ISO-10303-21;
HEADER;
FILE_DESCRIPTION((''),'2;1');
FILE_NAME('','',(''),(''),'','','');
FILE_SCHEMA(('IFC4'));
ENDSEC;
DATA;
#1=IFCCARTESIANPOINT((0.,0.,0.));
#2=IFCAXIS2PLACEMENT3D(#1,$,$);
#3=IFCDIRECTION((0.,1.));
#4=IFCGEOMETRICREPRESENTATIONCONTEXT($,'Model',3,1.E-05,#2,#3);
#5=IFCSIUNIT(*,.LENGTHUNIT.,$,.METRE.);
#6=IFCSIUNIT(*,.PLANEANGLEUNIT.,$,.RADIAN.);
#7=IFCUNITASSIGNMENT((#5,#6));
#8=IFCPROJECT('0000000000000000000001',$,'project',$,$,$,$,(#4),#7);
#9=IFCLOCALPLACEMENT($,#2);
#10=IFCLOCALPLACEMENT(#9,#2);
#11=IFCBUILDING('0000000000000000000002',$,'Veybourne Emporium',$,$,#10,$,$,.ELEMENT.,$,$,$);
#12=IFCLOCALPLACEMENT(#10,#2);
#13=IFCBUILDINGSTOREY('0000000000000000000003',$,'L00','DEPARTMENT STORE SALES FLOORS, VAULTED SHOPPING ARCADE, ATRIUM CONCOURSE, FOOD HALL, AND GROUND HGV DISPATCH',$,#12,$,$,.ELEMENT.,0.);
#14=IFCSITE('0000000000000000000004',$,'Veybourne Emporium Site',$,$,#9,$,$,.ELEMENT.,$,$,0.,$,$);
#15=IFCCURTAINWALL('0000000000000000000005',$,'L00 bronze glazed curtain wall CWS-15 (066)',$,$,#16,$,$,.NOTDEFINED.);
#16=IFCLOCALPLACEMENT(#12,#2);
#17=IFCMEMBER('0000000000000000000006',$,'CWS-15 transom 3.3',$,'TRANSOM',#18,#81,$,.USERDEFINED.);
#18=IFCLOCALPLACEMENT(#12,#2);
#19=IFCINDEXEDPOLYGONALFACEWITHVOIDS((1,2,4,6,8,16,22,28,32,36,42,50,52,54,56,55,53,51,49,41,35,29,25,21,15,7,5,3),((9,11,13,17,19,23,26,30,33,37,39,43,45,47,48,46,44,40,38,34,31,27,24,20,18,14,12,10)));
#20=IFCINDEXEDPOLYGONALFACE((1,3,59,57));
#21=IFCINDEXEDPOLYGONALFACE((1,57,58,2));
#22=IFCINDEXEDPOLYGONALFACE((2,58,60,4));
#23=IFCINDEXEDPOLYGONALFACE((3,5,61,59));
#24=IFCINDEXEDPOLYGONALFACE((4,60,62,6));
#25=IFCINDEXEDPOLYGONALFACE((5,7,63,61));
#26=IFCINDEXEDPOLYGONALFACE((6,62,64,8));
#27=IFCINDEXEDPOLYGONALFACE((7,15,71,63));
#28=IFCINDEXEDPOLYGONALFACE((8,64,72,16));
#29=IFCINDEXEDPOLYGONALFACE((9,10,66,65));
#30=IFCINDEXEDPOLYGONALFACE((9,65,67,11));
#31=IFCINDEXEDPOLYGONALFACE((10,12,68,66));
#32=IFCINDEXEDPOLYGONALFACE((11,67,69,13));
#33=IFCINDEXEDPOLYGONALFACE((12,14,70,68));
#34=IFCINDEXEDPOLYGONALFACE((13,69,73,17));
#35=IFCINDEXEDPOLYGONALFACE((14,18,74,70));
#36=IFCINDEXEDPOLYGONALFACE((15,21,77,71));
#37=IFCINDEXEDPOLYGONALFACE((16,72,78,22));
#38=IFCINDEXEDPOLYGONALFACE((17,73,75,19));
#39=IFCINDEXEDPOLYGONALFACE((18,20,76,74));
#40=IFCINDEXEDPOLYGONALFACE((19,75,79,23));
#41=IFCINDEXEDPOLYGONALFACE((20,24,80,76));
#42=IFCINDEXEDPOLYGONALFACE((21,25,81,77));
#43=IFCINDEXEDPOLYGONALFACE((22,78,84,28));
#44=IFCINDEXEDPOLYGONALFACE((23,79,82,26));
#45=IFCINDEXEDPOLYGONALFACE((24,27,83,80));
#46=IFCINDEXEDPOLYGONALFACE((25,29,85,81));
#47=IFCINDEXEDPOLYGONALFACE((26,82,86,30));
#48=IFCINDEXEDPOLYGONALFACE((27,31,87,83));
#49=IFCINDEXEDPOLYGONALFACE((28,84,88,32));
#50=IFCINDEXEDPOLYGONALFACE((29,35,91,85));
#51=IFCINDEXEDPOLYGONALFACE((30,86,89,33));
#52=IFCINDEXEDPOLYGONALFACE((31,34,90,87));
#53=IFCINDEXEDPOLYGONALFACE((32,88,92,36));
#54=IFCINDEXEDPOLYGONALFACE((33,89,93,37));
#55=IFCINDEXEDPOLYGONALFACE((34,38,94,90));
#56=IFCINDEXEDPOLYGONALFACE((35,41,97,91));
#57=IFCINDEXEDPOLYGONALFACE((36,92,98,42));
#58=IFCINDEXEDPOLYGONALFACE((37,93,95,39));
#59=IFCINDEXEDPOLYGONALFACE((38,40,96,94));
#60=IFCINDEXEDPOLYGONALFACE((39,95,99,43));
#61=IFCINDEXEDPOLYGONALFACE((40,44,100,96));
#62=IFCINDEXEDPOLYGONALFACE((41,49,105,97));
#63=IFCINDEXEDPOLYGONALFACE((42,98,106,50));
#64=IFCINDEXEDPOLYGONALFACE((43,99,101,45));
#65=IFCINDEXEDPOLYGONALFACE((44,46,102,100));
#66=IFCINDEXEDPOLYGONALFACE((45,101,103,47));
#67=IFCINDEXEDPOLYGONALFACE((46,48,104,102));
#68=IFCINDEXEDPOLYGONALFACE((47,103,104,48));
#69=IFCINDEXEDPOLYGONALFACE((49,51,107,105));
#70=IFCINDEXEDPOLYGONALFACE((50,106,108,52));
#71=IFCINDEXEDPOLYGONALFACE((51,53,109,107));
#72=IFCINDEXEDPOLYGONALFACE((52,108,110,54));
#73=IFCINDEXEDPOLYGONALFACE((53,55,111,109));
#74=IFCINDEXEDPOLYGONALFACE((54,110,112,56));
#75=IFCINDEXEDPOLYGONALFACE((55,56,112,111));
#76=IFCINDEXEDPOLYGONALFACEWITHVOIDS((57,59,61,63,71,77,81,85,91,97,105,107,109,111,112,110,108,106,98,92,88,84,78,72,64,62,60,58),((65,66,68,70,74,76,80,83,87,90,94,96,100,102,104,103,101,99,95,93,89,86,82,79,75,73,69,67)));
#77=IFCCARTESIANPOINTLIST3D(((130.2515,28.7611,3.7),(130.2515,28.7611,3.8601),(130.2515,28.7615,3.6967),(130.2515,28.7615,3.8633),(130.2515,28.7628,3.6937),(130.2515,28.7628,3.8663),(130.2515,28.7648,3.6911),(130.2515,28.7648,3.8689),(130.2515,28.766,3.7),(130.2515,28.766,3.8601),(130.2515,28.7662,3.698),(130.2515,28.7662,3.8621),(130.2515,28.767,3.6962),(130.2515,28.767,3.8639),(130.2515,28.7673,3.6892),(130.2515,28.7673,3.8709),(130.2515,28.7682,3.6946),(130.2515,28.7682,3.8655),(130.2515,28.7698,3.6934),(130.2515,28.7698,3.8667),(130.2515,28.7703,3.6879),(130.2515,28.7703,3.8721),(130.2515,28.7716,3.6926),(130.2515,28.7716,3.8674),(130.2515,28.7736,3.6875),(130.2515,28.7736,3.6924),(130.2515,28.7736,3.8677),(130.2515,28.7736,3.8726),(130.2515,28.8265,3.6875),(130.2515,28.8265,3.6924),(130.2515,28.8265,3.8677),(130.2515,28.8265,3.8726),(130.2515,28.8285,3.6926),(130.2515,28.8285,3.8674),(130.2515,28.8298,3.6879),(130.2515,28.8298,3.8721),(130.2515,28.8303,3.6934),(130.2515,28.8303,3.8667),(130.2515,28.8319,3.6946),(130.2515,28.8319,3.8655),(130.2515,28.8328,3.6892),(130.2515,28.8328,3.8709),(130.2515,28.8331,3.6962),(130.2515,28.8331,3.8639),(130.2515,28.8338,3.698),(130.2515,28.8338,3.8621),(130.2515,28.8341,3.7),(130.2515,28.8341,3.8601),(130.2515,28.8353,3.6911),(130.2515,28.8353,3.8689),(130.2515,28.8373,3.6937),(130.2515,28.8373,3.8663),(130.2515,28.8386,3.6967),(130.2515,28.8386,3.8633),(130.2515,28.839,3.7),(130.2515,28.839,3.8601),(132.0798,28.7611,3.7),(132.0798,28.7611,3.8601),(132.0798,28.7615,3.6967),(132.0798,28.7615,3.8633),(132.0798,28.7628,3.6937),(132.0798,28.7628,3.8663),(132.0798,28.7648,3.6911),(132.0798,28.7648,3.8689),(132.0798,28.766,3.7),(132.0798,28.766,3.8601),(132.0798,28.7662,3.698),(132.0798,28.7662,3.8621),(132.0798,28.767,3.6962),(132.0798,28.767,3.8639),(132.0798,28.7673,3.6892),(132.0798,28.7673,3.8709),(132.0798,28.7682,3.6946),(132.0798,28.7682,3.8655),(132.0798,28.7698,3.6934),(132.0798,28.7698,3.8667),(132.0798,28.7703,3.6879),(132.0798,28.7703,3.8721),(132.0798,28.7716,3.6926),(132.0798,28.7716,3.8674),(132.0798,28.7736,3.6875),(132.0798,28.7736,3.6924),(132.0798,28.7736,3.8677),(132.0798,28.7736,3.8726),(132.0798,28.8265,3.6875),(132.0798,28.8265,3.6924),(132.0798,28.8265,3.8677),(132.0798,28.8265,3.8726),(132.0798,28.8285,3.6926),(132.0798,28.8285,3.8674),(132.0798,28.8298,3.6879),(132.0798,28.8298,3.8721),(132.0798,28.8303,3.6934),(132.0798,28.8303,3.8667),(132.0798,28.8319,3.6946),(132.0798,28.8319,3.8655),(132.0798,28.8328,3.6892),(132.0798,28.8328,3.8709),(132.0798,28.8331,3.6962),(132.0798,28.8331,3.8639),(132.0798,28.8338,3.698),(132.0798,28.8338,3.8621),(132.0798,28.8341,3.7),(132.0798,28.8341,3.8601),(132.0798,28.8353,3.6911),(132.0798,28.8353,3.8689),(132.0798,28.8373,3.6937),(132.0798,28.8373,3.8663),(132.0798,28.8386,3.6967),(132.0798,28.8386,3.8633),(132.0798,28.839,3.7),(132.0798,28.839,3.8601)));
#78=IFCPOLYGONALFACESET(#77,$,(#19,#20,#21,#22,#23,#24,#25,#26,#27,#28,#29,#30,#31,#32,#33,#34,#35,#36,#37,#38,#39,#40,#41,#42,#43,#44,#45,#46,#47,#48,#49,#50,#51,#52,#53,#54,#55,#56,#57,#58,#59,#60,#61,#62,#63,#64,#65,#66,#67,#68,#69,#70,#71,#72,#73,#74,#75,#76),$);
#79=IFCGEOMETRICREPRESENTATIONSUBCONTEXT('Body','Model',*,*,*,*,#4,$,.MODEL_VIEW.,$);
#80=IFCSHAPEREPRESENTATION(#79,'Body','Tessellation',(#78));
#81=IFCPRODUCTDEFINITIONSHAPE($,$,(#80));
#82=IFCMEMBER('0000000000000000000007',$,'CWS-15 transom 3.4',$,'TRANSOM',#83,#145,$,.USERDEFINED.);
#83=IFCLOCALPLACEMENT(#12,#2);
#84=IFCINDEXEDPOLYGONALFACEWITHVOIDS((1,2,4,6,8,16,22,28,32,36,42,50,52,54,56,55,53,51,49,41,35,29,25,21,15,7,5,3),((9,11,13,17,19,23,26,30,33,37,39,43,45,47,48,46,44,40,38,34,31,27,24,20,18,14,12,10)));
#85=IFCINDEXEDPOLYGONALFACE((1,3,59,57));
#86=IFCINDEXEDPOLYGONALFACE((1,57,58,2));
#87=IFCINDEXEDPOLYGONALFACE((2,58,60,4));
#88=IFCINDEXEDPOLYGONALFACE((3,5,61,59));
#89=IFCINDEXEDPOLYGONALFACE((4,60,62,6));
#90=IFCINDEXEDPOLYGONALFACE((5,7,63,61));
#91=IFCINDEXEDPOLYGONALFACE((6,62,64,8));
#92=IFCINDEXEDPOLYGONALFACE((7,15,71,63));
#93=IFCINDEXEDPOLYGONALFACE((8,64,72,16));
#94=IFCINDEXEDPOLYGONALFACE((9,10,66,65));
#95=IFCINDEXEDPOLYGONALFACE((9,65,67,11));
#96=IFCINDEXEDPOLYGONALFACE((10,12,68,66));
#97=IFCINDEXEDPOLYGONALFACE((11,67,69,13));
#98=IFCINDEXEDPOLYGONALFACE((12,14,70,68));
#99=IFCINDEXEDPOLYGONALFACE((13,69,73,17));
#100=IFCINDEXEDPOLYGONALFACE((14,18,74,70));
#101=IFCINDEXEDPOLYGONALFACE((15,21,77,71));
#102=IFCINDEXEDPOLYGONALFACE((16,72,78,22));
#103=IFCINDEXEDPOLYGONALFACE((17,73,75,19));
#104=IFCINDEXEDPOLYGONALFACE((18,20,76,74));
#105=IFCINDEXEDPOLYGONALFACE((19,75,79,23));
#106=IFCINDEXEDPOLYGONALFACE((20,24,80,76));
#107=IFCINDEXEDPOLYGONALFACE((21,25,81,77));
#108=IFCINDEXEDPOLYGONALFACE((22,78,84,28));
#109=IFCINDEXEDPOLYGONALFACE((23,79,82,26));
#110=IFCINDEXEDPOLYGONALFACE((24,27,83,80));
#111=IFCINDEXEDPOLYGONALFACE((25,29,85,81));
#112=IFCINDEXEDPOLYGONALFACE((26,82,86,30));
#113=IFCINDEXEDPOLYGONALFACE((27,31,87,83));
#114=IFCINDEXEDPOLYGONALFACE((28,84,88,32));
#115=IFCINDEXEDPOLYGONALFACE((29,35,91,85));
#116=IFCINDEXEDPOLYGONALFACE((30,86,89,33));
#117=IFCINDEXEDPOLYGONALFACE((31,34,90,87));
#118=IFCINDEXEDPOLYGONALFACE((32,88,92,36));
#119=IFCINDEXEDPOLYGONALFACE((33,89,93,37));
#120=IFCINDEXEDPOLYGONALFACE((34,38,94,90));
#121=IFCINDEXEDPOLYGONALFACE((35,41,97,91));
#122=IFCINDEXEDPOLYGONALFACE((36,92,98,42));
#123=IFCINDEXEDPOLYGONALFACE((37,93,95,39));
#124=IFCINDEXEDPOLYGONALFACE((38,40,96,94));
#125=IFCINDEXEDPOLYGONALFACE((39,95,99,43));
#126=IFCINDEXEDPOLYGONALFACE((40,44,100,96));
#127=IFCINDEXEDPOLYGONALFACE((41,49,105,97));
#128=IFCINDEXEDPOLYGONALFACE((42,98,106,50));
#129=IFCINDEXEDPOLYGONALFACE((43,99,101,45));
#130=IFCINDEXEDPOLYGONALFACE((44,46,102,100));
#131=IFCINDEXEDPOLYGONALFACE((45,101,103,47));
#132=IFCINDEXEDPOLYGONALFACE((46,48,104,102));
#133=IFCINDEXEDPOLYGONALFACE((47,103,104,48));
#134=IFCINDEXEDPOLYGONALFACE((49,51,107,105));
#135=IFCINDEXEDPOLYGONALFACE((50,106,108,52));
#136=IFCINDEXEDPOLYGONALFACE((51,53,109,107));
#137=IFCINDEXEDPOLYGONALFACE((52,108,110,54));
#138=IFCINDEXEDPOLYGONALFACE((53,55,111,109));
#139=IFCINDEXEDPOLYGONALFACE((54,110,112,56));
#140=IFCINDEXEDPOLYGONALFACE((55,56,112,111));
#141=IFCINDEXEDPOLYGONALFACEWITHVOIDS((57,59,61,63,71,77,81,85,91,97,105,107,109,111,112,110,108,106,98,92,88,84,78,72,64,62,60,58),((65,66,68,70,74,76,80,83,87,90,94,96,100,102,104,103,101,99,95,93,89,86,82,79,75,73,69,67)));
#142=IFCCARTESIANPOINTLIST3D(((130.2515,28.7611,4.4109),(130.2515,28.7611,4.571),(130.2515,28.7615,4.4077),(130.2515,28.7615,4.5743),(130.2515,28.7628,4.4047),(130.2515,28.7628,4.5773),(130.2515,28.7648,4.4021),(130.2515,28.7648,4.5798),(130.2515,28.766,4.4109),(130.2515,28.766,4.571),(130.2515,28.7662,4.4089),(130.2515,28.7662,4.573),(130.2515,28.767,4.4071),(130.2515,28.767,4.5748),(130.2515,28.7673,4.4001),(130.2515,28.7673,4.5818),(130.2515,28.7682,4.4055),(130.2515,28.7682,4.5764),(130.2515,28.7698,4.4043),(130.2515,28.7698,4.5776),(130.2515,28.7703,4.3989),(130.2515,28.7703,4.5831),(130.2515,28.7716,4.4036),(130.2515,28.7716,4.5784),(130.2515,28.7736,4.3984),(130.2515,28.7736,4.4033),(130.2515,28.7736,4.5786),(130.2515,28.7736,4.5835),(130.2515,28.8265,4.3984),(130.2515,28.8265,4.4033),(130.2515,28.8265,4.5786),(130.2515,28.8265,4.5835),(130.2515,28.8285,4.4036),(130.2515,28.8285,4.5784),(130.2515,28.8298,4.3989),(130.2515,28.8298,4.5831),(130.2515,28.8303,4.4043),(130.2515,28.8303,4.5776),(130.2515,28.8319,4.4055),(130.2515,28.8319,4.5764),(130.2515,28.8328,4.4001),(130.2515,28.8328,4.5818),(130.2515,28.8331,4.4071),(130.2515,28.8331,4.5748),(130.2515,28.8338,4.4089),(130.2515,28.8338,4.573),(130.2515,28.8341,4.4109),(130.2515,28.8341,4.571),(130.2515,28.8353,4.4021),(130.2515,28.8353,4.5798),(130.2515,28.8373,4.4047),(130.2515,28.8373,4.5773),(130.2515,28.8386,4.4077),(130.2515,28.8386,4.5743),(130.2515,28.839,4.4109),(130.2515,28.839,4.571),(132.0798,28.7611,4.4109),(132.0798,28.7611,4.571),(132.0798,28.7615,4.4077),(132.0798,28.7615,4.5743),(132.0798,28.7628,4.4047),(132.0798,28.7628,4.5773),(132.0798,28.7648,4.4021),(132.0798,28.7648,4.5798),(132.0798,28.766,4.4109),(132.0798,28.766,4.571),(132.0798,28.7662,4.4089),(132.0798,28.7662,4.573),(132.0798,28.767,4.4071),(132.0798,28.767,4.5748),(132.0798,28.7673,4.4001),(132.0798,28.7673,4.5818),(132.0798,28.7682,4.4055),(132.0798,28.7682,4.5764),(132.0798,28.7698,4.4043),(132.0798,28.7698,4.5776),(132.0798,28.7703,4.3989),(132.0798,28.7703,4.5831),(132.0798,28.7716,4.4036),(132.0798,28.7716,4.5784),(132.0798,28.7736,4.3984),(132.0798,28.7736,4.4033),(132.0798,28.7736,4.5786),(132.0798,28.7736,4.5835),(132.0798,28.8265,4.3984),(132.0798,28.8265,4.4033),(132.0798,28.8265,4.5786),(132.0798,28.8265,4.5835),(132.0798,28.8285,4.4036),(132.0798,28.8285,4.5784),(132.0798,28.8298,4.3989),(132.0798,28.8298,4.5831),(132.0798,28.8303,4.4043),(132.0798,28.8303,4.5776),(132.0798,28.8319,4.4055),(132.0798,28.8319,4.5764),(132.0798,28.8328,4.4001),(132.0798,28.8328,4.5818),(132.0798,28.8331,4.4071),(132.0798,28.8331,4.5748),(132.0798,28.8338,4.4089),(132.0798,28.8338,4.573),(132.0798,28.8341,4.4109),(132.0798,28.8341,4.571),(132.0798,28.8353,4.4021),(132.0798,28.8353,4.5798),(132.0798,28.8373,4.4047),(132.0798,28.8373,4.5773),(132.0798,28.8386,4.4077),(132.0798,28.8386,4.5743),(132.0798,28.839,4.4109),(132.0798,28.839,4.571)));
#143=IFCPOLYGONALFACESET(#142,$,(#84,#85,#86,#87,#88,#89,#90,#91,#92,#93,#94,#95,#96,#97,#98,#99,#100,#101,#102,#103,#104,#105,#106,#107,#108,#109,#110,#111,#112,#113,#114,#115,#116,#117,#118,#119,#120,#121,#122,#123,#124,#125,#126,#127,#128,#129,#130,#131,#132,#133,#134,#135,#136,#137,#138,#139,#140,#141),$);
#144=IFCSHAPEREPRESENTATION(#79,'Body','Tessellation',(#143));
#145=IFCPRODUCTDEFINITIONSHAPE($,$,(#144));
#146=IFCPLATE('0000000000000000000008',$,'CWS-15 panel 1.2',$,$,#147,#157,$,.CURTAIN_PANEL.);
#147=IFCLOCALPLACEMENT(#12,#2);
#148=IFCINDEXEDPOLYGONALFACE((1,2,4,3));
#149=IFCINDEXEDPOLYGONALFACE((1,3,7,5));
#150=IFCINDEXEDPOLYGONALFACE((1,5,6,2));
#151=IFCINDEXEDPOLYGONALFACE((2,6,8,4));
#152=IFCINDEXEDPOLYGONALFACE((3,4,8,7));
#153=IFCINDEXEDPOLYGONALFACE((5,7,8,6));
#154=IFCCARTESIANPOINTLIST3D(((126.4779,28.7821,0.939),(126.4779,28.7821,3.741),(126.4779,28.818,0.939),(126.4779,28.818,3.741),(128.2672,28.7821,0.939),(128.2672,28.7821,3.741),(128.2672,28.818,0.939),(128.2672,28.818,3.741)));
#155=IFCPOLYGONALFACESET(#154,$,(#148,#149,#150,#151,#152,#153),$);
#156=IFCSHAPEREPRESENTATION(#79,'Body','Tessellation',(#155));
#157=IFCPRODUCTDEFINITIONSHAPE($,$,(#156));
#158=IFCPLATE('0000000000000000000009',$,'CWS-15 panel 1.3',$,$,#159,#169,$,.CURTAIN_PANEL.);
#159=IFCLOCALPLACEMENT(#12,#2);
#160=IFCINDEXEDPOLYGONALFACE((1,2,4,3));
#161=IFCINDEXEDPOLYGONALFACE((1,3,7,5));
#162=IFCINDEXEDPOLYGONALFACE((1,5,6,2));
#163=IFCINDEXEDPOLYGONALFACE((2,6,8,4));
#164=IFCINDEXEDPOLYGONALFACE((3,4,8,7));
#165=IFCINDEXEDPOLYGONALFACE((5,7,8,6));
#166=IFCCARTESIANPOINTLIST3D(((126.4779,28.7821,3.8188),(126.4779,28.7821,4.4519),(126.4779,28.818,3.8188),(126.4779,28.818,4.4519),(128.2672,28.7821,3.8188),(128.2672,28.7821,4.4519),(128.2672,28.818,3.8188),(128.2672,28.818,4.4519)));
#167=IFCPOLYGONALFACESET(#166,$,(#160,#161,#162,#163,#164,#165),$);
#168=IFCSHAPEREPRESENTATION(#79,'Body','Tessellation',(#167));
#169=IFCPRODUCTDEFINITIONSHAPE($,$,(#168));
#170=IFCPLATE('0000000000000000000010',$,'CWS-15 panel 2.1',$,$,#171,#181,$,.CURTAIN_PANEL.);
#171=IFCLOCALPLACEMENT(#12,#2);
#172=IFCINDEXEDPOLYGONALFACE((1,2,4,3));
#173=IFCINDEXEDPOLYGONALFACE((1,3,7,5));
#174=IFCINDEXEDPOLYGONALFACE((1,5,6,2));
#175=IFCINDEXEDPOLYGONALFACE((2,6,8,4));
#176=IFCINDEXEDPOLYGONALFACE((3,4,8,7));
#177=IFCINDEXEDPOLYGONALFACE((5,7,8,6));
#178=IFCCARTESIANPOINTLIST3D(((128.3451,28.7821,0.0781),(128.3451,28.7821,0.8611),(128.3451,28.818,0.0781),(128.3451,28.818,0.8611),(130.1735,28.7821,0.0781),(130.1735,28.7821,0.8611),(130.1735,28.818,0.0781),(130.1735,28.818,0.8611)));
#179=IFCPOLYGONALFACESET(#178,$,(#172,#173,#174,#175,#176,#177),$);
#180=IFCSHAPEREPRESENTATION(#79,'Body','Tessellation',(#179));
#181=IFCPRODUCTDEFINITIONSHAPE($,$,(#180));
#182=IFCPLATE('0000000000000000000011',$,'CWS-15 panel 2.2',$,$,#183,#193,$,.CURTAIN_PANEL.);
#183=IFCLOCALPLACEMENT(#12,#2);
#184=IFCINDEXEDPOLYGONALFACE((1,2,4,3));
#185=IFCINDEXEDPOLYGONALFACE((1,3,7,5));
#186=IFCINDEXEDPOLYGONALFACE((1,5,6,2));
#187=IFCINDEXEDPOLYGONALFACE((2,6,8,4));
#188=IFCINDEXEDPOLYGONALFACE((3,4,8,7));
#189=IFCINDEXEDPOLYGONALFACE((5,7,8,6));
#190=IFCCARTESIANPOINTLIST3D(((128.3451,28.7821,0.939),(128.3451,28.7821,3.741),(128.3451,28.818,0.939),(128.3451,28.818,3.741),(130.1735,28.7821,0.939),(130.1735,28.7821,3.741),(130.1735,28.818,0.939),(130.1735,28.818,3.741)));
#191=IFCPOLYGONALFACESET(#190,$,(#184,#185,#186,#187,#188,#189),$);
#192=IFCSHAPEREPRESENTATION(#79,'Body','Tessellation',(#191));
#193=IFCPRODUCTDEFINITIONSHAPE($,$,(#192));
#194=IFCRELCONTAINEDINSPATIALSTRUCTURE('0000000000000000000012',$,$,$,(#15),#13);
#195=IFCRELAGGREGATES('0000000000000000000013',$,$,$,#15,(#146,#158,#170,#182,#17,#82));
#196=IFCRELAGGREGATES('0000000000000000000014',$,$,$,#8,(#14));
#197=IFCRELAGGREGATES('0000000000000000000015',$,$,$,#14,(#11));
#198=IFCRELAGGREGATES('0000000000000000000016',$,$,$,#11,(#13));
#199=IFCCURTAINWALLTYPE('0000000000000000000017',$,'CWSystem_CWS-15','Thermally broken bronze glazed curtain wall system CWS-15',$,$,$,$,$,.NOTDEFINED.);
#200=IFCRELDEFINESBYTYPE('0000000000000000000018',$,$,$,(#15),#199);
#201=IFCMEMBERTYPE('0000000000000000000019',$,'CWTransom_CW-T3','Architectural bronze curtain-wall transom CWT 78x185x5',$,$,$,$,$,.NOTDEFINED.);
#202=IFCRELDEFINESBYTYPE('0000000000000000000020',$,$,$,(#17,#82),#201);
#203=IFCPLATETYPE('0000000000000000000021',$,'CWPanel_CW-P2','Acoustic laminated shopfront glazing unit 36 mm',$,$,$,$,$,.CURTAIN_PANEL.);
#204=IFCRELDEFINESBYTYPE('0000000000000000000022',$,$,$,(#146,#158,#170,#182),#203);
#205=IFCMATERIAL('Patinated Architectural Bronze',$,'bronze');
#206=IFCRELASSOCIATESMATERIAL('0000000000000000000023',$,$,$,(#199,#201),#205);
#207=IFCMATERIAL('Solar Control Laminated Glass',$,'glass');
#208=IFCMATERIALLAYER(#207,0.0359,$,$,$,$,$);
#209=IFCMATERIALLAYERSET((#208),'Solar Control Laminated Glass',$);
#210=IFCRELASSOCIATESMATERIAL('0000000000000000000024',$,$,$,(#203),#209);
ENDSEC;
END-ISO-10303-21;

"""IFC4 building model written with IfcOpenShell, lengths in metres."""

from ifc_helpers import new_model, si_unit, direction, frame, origin, origin_2d, place, context, subcontext, project, spatial, rectangle, hollow_rectangle, extrude, material, layer, layer_set, material_profile, profile_set, type_object, element, aggregate, save


model = new_model("IFC4")

# Units and contexts
model_context = context("Model", 3, precision=1e-05, world=origin(), true_north=direction((0.0, 1.0)))
body_context = subcontext(model_context, "Body", "Model", "MODEL_VIEW")
ifc_project = project(units=[si_unit("LENGTHUNIT", "METRE"), si_unit("PLANEANGLEUNIT", "RADIAN")], contexts=[model_context])

# Site, building, storey
site_placement = place(None, origin())
site = spatial("IfcSite", under=ifc_project, at=site_placement, Name="Veybourne Emporium Site", CompositionType="ELEMENT", RefElevation=0.0)
building_placement = place(site_placement, origin())
building = spatial("IfcBuilding", under=site, at=building_placement, Name="Veybourne Emporium", CompositionType="ELEMENT")
storey_placement = place(building_placement, origin())
storey = spatial("IfcBuildingStorey", under=building, at=storey_placement, Name="L00", Description="DEPARTMENT STORE SALES FLOORS, VAULTED SHOPPING ARCADE, ATRIUM CONCOURSE, FOOD HALL, AND GROUND HGV DISPATCH", CompositionType="ELEMENT", Elevation=0.0)

# Curtain wall, members, plates
ifc_material_1 = material(Name="Patinated Architectural Bronze", Category="bronze")
curtain_wall_type = type_object("IfcCurtainWallType", Name="CWSystem_CWS-15", Description="Thermally broken bronze glazed curtain wall system CWS-15", PredefinedType="NOTDEFINED", material=ifc_material_1)
curtain_wall_placement = place(storey_placement, origin())
curtain_wall = element("IfcCurtainWall", 1, at=curtain_wall_placement, inside=storey, type_object=curtain_wall_type, Name="L00 bronze glazed curtain wall CWS-15 (066)", PredefinedType="NOTDEFINED")
ifc_material_profile_1 = material_profile(ifc_material_1, hollow_rectangle(XDim=0.0779, YDim=0.1851, WallThickness=0.0049, InnerFilletRadius=0.0076, OuterFilletRadius=0.0125, at=origin_2d()), Name="CWT 78x185x5")
ifc_profile_set_1 = profile_set([ifc_material_profile_1], Name="Patinated Architectural Bronze")
member_type_1 = type_object("IfcMemberType", Name="CWTransom_CW-T3", Description="Architectural bronze curtain-wall transom CWT 78x185x5", PredefinedType="NOTDEFINED", material=ifc_profile_set_1)
member_1_placement = place(storey_placement, frame((130.2515, 28.8, 3.78), z_axis=(1.0, 0.0, 0.0), x_axis=(0.0, 1.0, 0.0)))
member_1 = element("IfcMember", 2, at=member_1_placement, type_object=member_type_1, Name="CWS-15 transom 3.3", ObjectType="TRANSOM", PredefinedType="USERDEFINED", context=body_context, shape_type="SweptSolid", body=[
    extrude(hollow_rectangle(XDim=0.0779, YDim=0.1851, WallThickness=0.0049, InnerFilletRadius=0.0076, OuterFilletRadius=0.0125, at=origin_2d()), origin(), (0.0, 0.0, 1.0), 1.8284),
])
member_2_placement = place(storey_placement, frame((130.2515, 28.8, 4.491), z_axis=(1.0, 0.0, 0.0), x_axis=(0.0, 1.0, 0.0)))
member_2 = element("IfcMember", 3, at=member_2_placement, type_object=member_type_1, Name="CWS-15 transom 3.4", ObjectType="TRANSOM", PredefinedType="USERDEFINED", context=body_context, shape_type="SweptSolid", body=[
    extrude(hollow_rectangle(XDim=0.0779, YDim=0.1851, WallThickness=0.0049, InnerFilletRadius=0.0076, OuterFilletRadius=0.0125, at=origin_2d()), origin(), (0.0, 0.0, 1.0), 1.8284),
])
ifc_material_2 = material(Name="Solar Control Laminated Glass", Category="glass")
ifc_layer = layer(ifc_material_2, 0.0359)
ifc_layer_set = layer_set([ifc_layer], Name="Solar Control Laminated Glass")
plate_type = type_object("IfcPlateType", Name="CWPanel_CW-P2", Description="Acoustic laminated shopfront glazing unit 36 mm", PredefinedType="CURTAIN_PANEL", material=ifc_layer_set)
plate_1_placement = place(storey_placement, frame((127.3726, 28.8, 0.939), z_axis=(0.0, 0.0, 1.0), x_axis=(1.0, 0.0, 0.0)))
plate_1 = element("IfcPlate", 4, at=plate_1_placement, type_object=plate_type, Name="CWS-15 panel 1.2", PredefinedType="CURTAIN_PANEL", context=body_context, shape_type="SweptSolid", body=[
    extrude(rectangle(XDim=1.7893, YDim=0.0359, at=origin_2d()), origin(), (0.0, 0.0, 1.0), 2.802),
])
plate_2_placement = place(storey_placement, frame((127.3726, 28.8, 3.8188), z_axis=(0.0, 0.0, 1.0), x_axis=(1.0, 0.0, 0.0)))
plate_2 = element("IfcPlate", 5, at=plate_2_placement, type_object=plate_type, Name="CWS-15 panel 1.3", PredefinedType="CURTAIN_PANEL", context=body_context, shape_type="SweptSolid", body=[
    extrude(rectangle(XDim=1.7893, YDim=0.0359, at=origin_2d()), origin(), (0.0, 0.0, 1.0), 0.6331),
])
plate_3_placement = place(storey_placement, frame((129.2593, 28.8, 0.0781), z_axis=(0.0, 0.0, 1.0), x_axis=(1.0, 0.0, 0.0)))
plate_3 = element("IfcPlate", 6, at=plate_3_placement, type_object=plate_type, Name="CWS-15 panel 2.1", PredefinedType="CURTAIN_PANEL", context=body_context, shape_type="SweptSolid", body=[
    extrude(rectangle(XDim=1.8284, YDim=0.0359, at=origin_2d()), origin(), (0.0, 0.0, 1.0), 0.783),
])
plate_4_placement = place(storey_placement, frame((129.2593, 28.8, 0.939), z_axis=(0.0, 0.0, 1.0), x_axis=(1.0, 0.0, 0.0)))
plate_4 = element("IfcPlate", 7, at=plate_4_placement, type_object=plate_type, Name="CWS-15 panel 2.2", PredefinedType="CURTAIN_PANEL", context=body_context, shape_type="SweptSolid", body=[
    extrude(rectangle(XDim=1.8284, YDim=0.0359, at=origin_2d()), origin(), (0.0, 0.0, 1.0), 2.802),
])
aggregate(curtain_wall, [plate_1, plate_2, plate_3, plate_4, member_1, member_2])

save(model, "model.ifc")
